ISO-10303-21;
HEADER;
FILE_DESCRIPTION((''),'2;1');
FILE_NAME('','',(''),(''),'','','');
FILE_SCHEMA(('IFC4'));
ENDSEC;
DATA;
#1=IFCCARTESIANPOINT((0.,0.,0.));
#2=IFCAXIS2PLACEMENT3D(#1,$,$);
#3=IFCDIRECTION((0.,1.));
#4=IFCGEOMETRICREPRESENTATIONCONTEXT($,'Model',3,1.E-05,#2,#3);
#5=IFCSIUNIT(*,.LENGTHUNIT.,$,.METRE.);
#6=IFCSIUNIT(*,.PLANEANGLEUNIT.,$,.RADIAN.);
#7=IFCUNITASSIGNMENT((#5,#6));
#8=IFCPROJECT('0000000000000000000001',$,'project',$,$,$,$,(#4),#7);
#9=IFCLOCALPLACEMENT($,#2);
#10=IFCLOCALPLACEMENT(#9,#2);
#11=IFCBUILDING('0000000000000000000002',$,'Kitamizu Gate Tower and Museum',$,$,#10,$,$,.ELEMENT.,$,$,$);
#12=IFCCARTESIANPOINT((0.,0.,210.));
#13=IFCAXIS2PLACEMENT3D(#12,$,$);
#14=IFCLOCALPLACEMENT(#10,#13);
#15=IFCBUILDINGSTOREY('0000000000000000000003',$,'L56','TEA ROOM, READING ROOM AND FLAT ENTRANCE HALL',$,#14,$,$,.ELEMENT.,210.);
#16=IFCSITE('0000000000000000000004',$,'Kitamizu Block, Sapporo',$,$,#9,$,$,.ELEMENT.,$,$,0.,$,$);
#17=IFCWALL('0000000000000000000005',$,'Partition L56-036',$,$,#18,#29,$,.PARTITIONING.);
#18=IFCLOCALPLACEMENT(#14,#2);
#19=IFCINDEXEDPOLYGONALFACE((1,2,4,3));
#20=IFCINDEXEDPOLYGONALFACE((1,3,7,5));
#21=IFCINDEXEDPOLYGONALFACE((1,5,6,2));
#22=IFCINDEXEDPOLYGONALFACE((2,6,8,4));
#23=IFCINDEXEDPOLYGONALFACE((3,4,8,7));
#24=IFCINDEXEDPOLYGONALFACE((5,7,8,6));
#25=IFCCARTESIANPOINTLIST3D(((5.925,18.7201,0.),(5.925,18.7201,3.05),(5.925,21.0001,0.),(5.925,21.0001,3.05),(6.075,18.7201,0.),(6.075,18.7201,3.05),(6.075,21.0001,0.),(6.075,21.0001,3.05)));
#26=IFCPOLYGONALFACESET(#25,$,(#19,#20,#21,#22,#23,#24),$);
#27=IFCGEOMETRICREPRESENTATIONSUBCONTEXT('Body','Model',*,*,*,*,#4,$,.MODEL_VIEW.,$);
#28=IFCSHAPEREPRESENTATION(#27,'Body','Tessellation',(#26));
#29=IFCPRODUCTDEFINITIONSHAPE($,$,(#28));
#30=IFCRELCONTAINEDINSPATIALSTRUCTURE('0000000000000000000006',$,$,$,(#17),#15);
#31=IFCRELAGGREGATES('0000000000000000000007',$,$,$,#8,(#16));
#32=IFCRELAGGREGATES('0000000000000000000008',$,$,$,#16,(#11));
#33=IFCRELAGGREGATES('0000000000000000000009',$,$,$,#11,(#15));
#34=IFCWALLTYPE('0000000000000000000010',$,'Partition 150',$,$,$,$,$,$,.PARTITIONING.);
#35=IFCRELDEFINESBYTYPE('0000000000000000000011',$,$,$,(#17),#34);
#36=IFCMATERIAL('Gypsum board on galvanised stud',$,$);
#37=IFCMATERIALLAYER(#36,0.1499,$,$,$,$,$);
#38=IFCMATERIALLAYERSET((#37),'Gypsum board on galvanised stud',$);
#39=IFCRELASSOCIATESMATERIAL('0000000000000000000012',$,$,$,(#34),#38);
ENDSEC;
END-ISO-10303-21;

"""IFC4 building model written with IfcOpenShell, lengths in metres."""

from ifc_helpers import new_model, si_unit, direction, frame, frame_2d, origin, place, context, subcontext, project, spatial, rectangle, extrude, material, layer, layer_set, type_object, element, save


model = new_model("IFC4")

# Units and contexts
model_context = context("Model", 3, precision=1e-05, world=origin(), true_north=direction((0.0, 1.0)))
body_context = subcontext(model_context, "Body", "Model", "MODEL_VIEW")
ifc_project = project(units=[si_unit("LENGTHUNIT", "METRE"), si_unit("PLANEANGLEUNIT", "RADIAN")], contexts=[model_context])

# Site, building, storey
site_placement = place(None, origin())
site = spatial("IfcSite", under=ifc_project, at=site_placement, Name="Kitamizu Block, Sapporo", CompositionType="ELEMENT", RefElevation=0.0)
building_placement = place(site_placement, origin())
building = spatial("IfcBuilding", under=site, at=building_placement, Name="Kitamizu Gate Tower and Museum", CompositionType="ELEMENT")
storey_placement = place(building_placement, frame((0.0, 0.0, 210.0)))
storey = spatial("IfcBuildingStorey", under=building, at=storey_placement, Name="L56", Description="TEA ROOM, READING ROOM AND FLAT ENTRANCE HALL", CompositionType="ELEMENT", Elevation=210.0)

# Wall
ifc_material_1 = material(Name="Gypsum board on galvanised stud")
ifc_layer_1 = layer(ifc_material_1, 0.1499)
ifc_layer_set_1 = layer_set([ifc_layer_1], Name="Gypsum board on galvanised stud")
wall_type_1 = type_object("IfcWallType", Name="Partition 150", PredefinedType="PARTITIONING", material=ifc_layer_set_1)
wall_1_placement = place(storey_placement, frame((6.0, 18.72, 0.0), z_axis=(0.0, 0.0, 1.0), x_axis=(0.0, 1.0, 0.0)))
element("IfcWall", 1, at=wall_1_placement, inside=storey, type_object=wall_type_1, Name="Partition L56-036", PredefinedType="PARTITIONING", context=body_context, shape_type="SweptSolid", body=[
    extrude(rectangle(XDim=2.28, YDim=0.1499, at=frame_2d((1.1401, 0.0))), origin(), (0.0, 0.0, 1.0), 3.05),
])

save(model, "model.ifc")
